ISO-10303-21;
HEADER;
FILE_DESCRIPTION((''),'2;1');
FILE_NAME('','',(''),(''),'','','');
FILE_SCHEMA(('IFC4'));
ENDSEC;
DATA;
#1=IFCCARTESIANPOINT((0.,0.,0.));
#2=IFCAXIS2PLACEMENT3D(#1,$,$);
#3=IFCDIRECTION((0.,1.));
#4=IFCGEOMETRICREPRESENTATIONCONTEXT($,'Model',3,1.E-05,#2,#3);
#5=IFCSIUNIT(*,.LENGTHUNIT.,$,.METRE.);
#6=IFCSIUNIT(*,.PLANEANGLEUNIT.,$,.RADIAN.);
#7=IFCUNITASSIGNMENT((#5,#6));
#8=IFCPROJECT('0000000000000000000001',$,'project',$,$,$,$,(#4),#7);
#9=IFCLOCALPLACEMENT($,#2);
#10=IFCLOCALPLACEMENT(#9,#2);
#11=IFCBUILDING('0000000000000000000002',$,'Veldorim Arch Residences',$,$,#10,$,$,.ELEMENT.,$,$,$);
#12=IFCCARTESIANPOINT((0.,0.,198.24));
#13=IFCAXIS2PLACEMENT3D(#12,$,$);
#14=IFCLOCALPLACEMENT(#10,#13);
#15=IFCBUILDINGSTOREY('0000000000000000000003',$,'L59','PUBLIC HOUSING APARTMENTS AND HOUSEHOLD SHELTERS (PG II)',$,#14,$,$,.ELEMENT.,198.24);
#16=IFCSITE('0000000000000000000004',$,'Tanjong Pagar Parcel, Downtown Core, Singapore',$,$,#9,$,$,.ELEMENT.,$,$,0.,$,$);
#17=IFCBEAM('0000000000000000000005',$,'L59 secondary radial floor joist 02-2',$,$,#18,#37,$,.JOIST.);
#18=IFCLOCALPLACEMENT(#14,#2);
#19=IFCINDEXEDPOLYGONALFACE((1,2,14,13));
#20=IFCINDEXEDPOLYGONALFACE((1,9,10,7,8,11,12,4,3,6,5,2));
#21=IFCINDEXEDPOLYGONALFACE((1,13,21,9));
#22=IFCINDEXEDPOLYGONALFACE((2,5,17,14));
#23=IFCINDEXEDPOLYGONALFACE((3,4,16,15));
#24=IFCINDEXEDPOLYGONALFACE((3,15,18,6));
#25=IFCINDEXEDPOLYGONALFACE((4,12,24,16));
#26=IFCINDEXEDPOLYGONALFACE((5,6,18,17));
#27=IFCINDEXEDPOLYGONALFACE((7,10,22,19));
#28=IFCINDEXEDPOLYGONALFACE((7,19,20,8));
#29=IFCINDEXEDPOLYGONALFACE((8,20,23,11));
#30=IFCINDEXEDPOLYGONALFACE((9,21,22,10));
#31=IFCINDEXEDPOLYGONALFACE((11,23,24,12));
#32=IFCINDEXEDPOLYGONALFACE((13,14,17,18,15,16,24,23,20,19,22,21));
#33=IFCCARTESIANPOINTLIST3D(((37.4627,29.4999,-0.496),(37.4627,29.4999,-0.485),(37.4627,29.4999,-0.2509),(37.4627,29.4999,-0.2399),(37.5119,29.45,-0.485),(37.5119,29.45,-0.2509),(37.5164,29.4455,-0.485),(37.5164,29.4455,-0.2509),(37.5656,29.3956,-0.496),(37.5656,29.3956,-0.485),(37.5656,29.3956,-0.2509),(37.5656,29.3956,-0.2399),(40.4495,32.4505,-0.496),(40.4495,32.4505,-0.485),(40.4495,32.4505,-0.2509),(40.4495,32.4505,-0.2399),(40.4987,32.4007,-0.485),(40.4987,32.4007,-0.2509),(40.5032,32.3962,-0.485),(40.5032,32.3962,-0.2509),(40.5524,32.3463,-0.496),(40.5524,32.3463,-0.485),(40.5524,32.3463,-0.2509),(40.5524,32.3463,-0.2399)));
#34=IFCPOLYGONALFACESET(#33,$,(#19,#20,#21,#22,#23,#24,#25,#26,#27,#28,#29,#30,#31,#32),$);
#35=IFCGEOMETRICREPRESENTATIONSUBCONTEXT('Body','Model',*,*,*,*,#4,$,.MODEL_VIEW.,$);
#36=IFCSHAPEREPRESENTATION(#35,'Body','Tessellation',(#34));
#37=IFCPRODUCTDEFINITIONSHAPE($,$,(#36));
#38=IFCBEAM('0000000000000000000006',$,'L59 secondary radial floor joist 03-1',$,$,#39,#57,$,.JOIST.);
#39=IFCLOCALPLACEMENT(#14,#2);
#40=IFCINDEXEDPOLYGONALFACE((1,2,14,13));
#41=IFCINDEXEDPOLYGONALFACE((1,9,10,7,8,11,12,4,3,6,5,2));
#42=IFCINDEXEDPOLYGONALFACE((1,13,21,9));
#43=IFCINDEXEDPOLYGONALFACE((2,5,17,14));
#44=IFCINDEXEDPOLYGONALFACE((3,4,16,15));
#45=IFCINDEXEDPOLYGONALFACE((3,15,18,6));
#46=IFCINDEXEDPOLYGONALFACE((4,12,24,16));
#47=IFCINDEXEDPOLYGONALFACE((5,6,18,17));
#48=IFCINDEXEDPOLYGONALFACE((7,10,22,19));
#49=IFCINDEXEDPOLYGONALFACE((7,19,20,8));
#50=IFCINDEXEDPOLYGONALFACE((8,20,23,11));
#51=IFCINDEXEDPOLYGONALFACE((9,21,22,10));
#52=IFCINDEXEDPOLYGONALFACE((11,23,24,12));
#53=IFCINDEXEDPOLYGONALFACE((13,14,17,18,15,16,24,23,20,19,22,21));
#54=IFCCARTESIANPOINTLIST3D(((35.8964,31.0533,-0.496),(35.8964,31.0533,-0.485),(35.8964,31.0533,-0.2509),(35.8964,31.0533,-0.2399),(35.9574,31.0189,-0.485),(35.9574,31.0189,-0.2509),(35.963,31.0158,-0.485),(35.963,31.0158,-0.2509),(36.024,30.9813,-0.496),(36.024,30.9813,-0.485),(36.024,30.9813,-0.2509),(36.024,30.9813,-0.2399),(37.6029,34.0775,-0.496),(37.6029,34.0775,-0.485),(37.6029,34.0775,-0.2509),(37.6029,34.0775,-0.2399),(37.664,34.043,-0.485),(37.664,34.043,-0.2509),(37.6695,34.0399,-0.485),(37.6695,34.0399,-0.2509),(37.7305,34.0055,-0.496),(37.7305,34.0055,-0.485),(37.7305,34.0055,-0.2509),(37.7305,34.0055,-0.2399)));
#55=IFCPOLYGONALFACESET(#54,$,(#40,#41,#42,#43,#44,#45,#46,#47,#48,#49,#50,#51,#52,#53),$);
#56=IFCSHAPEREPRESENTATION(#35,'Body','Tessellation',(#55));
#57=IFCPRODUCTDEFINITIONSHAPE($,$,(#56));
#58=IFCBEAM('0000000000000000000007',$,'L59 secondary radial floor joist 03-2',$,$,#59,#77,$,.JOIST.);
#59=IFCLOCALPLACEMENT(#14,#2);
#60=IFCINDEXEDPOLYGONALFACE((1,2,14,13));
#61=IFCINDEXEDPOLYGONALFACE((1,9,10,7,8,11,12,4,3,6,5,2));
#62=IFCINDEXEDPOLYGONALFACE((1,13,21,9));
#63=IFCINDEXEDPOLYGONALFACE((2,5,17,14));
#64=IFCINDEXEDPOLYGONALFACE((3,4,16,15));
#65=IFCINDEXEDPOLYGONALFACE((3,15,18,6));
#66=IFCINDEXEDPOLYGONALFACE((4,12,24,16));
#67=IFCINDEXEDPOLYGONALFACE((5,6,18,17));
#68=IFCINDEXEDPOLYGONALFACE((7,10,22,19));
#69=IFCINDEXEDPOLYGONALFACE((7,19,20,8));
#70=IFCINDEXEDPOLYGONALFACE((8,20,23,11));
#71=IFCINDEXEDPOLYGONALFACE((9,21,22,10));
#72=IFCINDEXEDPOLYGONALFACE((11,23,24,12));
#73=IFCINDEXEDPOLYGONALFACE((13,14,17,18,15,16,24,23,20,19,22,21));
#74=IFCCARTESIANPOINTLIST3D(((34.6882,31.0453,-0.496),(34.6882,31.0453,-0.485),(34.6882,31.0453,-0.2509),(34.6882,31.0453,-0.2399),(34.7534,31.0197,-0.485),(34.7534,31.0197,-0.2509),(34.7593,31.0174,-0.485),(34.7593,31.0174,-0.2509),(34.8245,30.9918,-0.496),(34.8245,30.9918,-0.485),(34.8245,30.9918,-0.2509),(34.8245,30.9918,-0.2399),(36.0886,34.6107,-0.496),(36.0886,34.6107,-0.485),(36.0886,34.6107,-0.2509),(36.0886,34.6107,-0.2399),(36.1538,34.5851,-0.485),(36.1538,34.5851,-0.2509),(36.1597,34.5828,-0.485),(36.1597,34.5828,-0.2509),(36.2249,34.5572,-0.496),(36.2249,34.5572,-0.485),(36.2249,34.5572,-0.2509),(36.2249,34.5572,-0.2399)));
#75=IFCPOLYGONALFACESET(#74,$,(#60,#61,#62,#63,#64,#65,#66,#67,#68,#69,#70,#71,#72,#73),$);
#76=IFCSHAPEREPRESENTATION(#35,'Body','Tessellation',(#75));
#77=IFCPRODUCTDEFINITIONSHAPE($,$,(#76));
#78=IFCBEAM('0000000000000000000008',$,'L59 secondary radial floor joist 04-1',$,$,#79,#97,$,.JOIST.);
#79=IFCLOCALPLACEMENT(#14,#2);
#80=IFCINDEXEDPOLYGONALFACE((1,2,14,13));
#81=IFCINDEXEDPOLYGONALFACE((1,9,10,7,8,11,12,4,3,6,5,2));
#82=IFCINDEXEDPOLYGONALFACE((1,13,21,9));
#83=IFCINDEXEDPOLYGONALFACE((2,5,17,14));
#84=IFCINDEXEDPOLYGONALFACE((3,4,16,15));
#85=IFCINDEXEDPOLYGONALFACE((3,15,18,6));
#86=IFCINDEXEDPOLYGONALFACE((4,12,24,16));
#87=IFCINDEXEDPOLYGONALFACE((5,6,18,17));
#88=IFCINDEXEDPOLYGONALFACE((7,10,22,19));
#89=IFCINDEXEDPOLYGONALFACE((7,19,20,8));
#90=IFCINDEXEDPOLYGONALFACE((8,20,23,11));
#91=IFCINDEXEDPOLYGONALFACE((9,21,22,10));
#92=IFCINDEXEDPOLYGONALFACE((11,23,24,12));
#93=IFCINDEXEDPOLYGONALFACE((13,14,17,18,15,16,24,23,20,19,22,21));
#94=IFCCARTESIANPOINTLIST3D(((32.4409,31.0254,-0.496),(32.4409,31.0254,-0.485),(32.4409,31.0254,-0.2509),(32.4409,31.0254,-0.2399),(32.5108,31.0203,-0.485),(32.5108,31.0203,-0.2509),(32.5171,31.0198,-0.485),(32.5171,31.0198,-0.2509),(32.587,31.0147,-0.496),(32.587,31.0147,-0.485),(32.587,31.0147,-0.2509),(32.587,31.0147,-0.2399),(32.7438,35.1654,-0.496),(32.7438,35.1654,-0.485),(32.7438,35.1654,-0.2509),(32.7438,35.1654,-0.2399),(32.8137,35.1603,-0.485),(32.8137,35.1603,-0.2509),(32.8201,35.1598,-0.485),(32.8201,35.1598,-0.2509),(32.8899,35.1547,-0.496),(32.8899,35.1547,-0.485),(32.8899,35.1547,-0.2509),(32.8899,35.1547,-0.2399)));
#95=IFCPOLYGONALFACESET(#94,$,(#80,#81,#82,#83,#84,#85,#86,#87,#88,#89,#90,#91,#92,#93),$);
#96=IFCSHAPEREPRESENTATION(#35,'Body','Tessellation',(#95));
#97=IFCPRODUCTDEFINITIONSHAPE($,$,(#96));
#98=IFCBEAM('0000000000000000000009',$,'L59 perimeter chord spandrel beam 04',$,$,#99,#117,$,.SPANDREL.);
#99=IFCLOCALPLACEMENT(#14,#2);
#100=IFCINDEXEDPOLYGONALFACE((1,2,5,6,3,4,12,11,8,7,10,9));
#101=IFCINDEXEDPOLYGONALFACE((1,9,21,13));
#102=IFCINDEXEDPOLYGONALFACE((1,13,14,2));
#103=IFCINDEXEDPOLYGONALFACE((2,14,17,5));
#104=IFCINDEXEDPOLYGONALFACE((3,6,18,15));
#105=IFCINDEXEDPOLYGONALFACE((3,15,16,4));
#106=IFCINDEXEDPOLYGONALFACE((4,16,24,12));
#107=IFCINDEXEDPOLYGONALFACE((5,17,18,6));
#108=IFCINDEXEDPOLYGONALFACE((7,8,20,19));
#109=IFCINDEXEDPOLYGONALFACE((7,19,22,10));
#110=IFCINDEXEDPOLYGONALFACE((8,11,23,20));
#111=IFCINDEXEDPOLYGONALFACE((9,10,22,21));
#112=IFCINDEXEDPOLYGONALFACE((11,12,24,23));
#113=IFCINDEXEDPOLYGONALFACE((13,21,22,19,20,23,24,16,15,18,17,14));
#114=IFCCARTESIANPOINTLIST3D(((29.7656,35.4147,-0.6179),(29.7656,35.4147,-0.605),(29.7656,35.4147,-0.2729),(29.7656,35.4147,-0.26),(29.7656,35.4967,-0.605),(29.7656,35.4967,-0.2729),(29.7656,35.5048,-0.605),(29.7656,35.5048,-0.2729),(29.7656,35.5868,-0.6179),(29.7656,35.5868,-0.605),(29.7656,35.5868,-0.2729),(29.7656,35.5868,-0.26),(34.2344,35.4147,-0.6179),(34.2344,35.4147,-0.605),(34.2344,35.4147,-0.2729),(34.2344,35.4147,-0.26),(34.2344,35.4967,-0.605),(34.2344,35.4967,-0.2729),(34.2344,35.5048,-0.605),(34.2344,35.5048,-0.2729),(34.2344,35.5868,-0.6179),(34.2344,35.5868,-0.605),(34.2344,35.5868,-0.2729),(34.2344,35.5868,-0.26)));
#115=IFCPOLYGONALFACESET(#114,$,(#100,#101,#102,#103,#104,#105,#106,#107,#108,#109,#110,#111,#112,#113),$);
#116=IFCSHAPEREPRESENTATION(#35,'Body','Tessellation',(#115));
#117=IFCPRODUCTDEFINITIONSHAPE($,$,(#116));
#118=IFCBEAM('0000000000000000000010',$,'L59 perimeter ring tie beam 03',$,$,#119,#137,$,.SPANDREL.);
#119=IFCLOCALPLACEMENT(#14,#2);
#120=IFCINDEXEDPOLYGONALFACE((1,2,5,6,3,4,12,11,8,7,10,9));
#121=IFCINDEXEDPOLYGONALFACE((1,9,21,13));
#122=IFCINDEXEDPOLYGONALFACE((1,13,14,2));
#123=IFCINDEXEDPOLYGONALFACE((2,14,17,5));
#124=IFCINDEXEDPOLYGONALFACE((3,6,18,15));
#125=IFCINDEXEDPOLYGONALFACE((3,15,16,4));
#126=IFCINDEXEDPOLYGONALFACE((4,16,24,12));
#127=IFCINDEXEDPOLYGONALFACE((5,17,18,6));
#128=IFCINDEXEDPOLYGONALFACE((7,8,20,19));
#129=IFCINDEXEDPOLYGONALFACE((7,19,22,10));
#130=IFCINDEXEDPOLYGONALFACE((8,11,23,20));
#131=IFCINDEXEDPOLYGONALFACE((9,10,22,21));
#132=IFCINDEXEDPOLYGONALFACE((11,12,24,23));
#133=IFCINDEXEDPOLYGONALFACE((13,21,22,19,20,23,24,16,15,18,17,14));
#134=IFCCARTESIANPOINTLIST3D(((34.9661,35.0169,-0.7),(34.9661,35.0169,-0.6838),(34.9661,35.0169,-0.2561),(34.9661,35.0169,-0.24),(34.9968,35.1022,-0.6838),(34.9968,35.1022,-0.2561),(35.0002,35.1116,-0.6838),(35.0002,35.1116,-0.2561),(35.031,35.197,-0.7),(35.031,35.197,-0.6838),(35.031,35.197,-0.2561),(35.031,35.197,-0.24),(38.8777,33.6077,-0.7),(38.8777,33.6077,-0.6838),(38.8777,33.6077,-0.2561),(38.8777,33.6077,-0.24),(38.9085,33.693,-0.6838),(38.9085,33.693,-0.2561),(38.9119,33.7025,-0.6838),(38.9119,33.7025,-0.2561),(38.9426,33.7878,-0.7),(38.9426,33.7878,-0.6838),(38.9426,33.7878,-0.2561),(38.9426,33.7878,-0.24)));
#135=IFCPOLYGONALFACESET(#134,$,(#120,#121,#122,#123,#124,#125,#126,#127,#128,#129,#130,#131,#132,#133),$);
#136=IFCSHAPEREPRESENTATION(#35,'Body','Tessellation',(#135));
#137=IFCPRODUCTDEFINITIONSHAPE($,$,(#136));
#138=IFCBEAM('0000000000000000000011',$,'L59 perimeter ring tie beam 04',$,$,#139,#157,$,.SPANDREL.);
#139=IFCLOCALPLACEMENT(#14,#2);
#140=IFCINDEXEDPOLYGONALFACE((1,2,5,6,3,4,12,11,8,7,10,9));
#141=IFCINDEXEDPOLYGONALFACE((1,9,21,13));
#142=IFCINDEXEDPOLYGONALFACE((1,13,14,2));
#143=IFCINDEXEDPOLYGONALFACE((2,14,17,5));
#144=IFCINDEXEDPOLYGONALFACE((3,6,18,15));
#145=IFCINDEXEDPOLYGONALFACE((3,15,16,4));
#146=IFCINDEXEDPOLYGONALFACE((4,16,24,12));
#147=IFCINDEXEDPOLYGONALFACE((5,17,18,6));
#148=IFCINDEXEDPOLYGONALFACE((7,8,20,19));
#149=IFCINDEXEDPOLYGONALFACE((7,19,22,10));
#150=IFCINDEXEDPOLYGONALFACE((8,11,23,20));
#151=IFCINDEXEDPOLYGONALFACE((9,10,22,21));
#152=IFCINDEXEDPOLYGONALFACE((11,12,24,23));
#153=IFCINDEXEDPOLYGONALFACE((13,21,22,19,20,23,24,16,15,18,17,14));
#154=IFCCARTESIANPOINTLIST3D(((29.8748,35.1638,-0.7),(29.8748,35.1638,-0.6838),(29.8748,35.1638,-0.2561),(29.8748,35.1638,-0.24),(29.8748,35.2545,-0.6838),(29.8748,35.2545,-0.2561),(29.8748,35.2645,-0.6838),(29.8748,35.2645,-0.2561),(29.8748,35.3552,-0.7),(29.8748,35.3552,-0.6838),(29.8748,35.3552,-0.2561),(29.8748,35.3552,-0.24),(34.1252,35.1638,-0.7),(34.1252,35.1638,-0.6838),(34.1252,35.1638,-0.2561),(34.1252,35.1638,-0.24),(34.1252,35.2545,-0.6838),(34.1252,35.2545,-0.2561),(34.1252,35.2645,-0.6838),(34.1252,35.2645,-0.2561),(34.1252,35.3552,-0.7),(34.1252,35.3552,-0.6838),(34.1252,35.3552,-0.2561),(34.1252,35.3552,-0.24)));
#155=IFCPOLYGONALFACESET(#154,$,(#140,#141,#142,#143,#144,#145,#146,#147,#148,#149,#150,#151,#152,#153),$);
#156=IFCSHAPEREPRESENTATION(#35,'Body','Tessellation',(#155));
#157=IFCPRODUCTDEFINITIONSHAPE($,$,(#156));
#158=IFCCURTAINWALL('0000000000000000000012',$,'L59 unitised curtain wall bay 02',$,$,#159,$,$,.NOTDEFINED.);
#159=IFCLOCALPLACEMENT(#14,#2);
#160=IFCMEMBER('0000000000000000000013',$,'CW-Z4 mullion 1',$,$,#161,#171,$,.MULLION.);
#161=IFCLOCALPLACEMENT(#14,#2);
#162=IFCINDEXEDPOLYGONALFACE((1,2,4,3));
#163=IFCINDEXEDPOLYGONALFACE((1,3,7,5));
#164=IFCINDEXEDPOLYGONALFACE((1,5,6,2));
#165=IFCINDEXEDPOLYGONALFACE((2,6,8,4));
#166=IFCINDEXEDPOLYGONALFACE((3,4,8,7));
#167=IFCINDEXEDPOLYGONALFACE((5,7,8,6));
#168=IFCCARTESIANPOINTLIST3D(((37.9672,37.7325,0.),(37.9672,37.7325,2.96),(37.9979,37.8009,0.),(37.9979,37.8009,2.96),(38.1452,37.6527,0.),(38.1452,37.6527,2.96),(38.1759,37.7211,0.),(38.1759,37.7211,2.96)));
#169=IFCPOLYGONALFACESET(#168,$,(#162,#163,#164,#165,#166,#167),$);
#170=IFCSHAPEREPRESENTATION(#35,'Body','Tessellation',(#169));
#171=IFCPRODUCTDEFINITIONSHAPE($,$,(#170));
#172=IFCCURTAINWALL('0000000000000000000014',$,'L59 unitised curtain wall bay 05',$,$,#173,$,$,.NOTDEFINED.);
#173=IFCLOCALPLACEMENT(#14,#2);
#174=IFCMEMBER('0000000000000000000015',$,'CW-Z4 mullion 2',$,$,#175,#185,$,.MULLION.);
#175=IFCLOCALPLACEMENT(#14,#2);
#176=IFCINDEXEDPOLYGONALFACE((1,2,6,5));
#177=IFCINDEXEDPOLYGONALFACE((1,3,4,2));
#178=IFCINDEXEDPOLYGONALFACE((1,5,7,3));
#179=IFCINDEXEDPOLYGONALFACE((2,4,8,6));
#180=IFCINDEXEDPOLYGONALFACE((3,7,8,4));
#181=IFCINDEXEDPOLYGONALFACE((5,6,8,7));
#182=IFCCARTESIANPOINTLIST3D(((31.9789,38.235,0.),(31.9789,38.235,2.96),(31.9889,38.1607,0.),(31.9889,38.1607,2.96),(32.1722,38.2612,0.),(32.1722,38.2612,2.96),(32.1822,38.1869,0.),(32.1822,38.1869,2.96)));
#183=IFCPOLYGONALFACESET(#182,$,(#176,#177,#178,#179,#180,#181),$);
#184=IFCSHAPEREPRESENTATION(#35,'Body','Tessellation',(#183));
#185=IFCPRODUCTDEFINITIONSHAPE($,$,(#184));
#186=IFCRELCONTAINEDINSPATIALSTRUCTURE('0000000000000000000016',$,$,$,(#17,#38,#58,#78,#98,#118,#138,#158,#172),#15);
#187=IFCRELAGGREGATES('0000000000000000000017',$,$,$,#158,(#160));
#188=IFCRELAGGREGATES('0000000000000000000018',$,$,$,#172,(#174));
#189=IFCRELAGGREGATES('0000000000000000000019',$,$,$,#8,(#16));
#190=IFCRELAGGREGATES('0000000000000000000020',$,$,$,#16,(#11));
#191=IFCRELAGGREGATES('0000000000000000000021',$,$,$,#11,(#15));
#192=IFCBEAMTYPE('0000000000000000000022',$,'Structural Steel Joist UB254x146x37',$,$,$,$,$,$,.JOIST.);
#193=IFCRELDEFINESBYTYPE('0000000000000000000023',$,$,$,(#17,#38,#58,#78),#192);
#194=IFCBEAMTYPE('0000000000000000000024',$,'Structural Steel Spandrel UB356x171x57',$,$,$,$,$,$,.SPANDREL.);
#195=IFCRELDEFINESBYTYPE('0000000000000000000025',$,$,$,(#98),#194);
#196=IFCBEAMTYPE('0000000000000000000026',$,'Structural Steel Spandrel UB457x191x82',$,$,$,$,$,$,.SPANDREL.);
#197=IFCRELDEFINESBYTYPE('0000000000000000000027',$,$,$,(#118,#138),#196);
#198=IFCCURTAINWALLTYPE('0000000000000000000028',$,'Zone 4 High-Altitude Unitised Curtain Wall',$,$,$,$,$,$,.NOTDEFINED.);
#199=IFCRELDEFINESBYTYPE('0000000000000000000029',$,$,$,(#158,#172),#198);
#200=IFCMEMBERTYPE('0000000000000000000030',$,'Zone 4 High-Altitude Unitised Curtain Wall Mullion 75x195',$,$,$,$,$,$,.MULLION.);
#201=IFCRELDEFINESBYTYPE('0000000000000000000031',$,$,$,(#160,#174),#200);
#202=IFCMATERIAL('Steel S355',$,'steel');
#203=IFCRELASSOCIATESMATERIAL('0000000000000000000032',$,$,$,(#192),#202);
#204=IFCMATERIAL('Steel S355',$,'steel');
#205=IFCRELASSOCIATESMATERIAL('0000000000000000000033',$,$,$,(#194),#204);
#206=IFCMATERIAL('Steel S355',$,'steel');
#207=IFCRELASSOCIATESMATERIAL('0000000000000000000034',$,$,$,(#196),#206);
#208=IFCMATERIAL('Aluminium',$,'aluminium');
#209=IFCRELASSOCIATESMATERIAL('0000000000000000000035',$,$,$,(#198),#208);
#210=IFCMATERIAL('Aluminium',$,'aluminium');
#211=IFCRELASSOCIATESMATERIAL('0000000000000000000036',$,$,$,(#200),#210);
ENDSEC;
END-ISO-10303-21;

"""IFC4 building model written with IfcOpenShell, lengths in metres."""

from ifc_helpers import new_model, si_unit, direction, frame, origin, origin_2d, place, context, subcontext, project, spatial, rectangle, i_section, extrude, material, material_profile, profile_set, type_object, element, aggregate, save


model = new_model("IFC4")

# Units and contexts
model_context = context("Model", 3, precision=1e-05, world=origin(), true_north=direction((0.0, 1.0)))
body_context = subcontext(model_context, "Body", "Model", "MODEL_VIEW")
ifc_project = project(units=[si_unit("LENGTHUNIT", "METRE"), si_unit("PLANEANGLEUNIT", "RADIAN")], contexts=[model_context])

# Site, building, storey
site_placement = place(None, origin())
site = spatial("IfcSite", under=ifc_project, at=site_placement, Name="Tanjong Pagar Parcel, Downtown Core, Singapore", CompositionType="ELEMENT", RefElevation=0.0)
building_placement = place(site_placement, origin())
building = spatial("IfcBuilding", under=site, at=building_placement, Name="Veldorim Arch Residences", CompositionType="ELEMENT")
storey_placement = place(building_placement, frame((0.0, 0.0, 198.24)))
storey = spatial("IfcBuildingStorey", under=building, at=storey_placement, Name="L59", Description="PUBLIC HOUSING APARTMENTS AND HOUSEHOLD SHELTERS (PG II)", CompositionType="ELEMENT", Elevation=198.24)

# Beams
ifc_material_1 = material(Name="Steel S355", Category="steel")
ifc_material_profile_1 = material_profile(ifc_material_1, i_section(OverallWidth=0.1465, OverallDepth=0.2561, WebThickness=0.0063, FlangeThickness=0.011, at=origin_2d()), Name="UB254x146x37")
ifc_profile_set_1 = profile_set([ifc_material_profile_1], Name="Steel S355")
beam_type_1 = type_object("IfcBeamType", Name="Structural Steel Joist UB254x146x37", PredefinedType="JOIST", material=ifc_profile_set_1)
beam_1_placement = place(storey_placement, frame((37.5142, 29.4478, -0.3679), z_axis=(0.711397, 0.702791, 0.0), x_axis=(-0.702791, 0.711397, 0.0)))
element("IfcBeam", 1, at=beam_1_placement, inside=storey, type_object=beam_type_1, Name="L59 secondary radial floor joist 02-2", PredefinedType="JOIST", context=body_context, shape_type="SweptSolid", body=[
    extrude(i_section(OverallWidth=0.1465, OverallDepth=0.2561, WebThickness=0.0063, FlangeThickness=0.011, at=origin_2d()), origin(), (0.0, 0.0, 1.0), 4.1985),
])
beam_2_placement = place(storey_placement, frame((35.9602, 31.0173, -0.3679), z_axis=(0.491452, 0.870904, 0.0), x_axis=(-0.870904, 0.491452, 0.0)))
element("IfcBeam", 2, at=beam_2_placement, inside=storey, type_object=beam_type_1, Name="L59 secondary radial floor joist 03-1", PredefinedType="JOIST", context=body_context, shape_type="SweptSolid", body=[
    extrude(i_section(OverallWidth=0.1465, OverallDepth=0.2561, WebThickness=0.0063, FlangeThickness=0.011, at=origin_2d()), origin(), (0.0, 0.0, 1.0), 3.4724),
])
beam_3_placement = place(storey_placement, frame((34.7563, 31.0186, -0.3679), z_axis=(0.365581, 0.930779, 0.0), x_axis=(-0.930779, 0.365581, 0.0)))
element("IfcBeam", 3, at=beam_3_placement, inside=storey, type_object=beam_type_1, Name="L59 secondary radial floor joist 03-2", PredefinedType="JOIST", context=body_context, shape_type="SweptSolid", body=[
    extrude(i_section(OverallWidth=0.1465, OverallDepth=0.2561, WebThickness=0.0063, FlangeThickness=0.011, at=origin_2d()), origin(), (0.0, 0.0, 1.0), 3.8306),
])
beam_4_placement = place(storey_placement, frame((32.5139, 31.02, -0.3679), z_axis=(0.072986, 0.997333, 0.0), x_axis=(-0.997333, 0.072986, 0.0)))
element("IfcBeam", 4, at=beam_4_placement, inside=storey, type_object=beam_type_1, Name="L59 secondary radial floor joist 04-1", PredefinedType="JOIST", context=body_context, shape_type="SweptSolid", body=[
    extrude(i_section(OverallWidth=0.1465, OverallDepth=0.2561, WebThickness=0.0063, FlangeThickness=0.011, at=origin_2d()), origin(), (0.0, 0.0, 1.0), 4.1511),
])
ifc_material_2 = material(Name="Steel S355", Category="steel")
ifc_material_profile_2 = material_profile(ifc_material_2, i_section(OverallWidth=0.1721, OverallDepth=0.3579, WebThickness=0.0081, FlangeThickness=0.0129, at=origin_2d()), Name="UB356x171x57")
ifc_profile_set_2 = profile_set([ifc_material_profile_2], Name="Steel S355")
beam_type_2 = type_object("IfcBeamType", Name="Structural Steel Spandrel UB356x171x57", PredefinedType="SPANDREL", material=ifc_profile_set_2)
beam_5_placement = place(storey_placement, frame((34.2344, 35.5007, -0.439), z_axis=(-1.0, 0.0, 0.0), x_axis=(0.0, -1.0, 0.0)))
element("IfcBeam", 5, at=beam_5_placement, inside=storey, type_object=beam_type_2, Name="L59 perimeter chord spandrel beam 04", PredefinedType="SPANDREL", context=body_context, shape_type="SweptSolid", body=[
    extrude(i_section(OverallWidth=0.1721, OverallDepth=0.3579, WebThickness=0.0081, FlangeThickness=0.0129, at=origin_2d()), origin(), (0.0, 0.0, 1.0), 4.4688),
])
ifc_material_3 = material(Name="Steel S355", Category="steel")
ifc_material_profile_3 = material_profile(ifc_material_3, i_section(OverallWidth=0.1914, OverallDepth=0.46, WebThickness=0.01, FlangeThickness=0.0161, at=origin_2d()), Name="UB457x191x82")
ifc_profile_set_3 = profile_set([ifc_material_profile_3], Name="Steel S355")
beam_type_3 = type_object("IfcBeamType", Name="Structural Steel Spandrel UB457x191x82", PredefinedType="SPANDREL", material=ifc_profile_set_3)
beam_6_placement = place(storey_placement, frame((38.9102, 33.6978, -0.47), z_axis=(-0.940811, 0.338932, 0.0), x_axis=(-0.338932, -0.940811, 0.0)))
element("IfcBeam", 6, at=beam_6_placement, inside=storey, type_object=beam_type_3, Name="L59 perimeter ring tie beam 03", PredefinedType="SPANDREL", context=body_context, shape_type="SweptSolid", body=[
    extrude(i_section(OverallWidth=0.1914, OverallDepth=0.46, WebThickness=0.01, FlangeThickness=0.0161, at=origin_2d()), origin(), (0.0, 0.0, 1.0), 4.1577),
])
beam_7_placement = place(storey_placement, frame((34.1252, 35.2595, -0.47), z_axis=(-1.0, 0.0, 0.0), x_axis=(0.0, -1.0, 0.0)))
element("IfcBeam", 7, at=beam_7_placement, inside=storey, type_object=beam_type_3, Name="L59 perimeter ring tie beam 04", PredefinedType="SPANDREL", context=body_context, shape_type="SweptSolid", body=[
    extrude(i_section(OverallWidth=0.1914, OverallDepth=0.46, WebThickness=0.01, FlangeThickness=0.0161, at=origin_2d()), origin(), (0.0, 0.0, 1.0), 4.2505),
])

# Curtain wall, member
ifc_material_4 = material(Name="Aluminium", Category="aluminium")
curtain_wall_type = type_object("IfcCurtainWallType", Name="Zone 4 High-Altitude Unitised Curtain Wall", PredefinedType="NOTDEFINED", material=ifc_material_4)
curtain_wall_1_placement = place(storey_placement, origin())
curtain_wall_1 = element("IfcCurtainWall", 8, at=curtain_wall_1_placement, inside=storey, type_object=curtain_wall_type, Name="L59 unitised curtain wall bay 02", PredefinedType="NOTDEFINED")
ifc_material_5 = material(Name="Aluminium", Category="aluminium")
ifc_material_profile_4 = material_profile(ifc_material_5, rectangle(XDim=0.075, YDim=0.1951, at=origin_2d()), Name="ALU_MUL_75x195")
ifc_profile_set_4 = profile_set([ifc_material_profile_4], Name="Aluminium")
member_type_1 = type_object("IfcMemberType", Name="Zone 4 High-Altitude Unitised Curtain Wall Mullion 75x195", PredefinedType="MULLION", material=ifc_profile_set_4)
member_1_placement = place(storey_placement, frame((38.0715, 37.7268, 0.0), z_axis=(0.0, 0.0, 1.0), x_axis=(0.409149, 0.912468, 0.0)))
member_1 = element("IfcMember", 9, at=member_1_placement, type_object=member_type_1, Name="CW-Z4 mullion 1", PredefinedType="MULLION", context=body_context, shape_type="SweptSolid", body=[
    extrude(rectangle(XDim=0.075, YDim=0.1951, at=origin_2d()), origin(), (0.0, 0.0, 1.0), 2.96),
])

# Curtain wall, member
curtain_wall_2_placement = place(storey_placement, origin())
curtain_wall_2 = element("IfcCurtainWall", 10, at=curtain_wall_2_placement, inside=storey, type_object=curtain_wall_type, Name="L59 unitised curtain wall bay 05", PredefinedType="NOTDEFINED")
member_2_placement = place(storey_placement, frame((32.0806, 38.2109, 0.0), z_axis=(0.0, 0.0, 1.0), x_axis=(-0.134245, 0.990948, 0.0)))
member_2 = element("IfcMember", 11, at=member_2_placement, type_object=member_type_1, Name="CW-Z4 mullion 2", PredefinedType="MULLION", context=body_context, shape_type="SweptSolid", body=[
    extrude(rectangle(XDim=0.075, YDim=0.1951, at=origin_2d()), origin(), (0.0, 0.0, 1.0), 2.96),
])

aggregate(curtain_wall_1, [member_1])
aggregate(curtain_wall_2, [member_2])

save(model, "model.ifc")
